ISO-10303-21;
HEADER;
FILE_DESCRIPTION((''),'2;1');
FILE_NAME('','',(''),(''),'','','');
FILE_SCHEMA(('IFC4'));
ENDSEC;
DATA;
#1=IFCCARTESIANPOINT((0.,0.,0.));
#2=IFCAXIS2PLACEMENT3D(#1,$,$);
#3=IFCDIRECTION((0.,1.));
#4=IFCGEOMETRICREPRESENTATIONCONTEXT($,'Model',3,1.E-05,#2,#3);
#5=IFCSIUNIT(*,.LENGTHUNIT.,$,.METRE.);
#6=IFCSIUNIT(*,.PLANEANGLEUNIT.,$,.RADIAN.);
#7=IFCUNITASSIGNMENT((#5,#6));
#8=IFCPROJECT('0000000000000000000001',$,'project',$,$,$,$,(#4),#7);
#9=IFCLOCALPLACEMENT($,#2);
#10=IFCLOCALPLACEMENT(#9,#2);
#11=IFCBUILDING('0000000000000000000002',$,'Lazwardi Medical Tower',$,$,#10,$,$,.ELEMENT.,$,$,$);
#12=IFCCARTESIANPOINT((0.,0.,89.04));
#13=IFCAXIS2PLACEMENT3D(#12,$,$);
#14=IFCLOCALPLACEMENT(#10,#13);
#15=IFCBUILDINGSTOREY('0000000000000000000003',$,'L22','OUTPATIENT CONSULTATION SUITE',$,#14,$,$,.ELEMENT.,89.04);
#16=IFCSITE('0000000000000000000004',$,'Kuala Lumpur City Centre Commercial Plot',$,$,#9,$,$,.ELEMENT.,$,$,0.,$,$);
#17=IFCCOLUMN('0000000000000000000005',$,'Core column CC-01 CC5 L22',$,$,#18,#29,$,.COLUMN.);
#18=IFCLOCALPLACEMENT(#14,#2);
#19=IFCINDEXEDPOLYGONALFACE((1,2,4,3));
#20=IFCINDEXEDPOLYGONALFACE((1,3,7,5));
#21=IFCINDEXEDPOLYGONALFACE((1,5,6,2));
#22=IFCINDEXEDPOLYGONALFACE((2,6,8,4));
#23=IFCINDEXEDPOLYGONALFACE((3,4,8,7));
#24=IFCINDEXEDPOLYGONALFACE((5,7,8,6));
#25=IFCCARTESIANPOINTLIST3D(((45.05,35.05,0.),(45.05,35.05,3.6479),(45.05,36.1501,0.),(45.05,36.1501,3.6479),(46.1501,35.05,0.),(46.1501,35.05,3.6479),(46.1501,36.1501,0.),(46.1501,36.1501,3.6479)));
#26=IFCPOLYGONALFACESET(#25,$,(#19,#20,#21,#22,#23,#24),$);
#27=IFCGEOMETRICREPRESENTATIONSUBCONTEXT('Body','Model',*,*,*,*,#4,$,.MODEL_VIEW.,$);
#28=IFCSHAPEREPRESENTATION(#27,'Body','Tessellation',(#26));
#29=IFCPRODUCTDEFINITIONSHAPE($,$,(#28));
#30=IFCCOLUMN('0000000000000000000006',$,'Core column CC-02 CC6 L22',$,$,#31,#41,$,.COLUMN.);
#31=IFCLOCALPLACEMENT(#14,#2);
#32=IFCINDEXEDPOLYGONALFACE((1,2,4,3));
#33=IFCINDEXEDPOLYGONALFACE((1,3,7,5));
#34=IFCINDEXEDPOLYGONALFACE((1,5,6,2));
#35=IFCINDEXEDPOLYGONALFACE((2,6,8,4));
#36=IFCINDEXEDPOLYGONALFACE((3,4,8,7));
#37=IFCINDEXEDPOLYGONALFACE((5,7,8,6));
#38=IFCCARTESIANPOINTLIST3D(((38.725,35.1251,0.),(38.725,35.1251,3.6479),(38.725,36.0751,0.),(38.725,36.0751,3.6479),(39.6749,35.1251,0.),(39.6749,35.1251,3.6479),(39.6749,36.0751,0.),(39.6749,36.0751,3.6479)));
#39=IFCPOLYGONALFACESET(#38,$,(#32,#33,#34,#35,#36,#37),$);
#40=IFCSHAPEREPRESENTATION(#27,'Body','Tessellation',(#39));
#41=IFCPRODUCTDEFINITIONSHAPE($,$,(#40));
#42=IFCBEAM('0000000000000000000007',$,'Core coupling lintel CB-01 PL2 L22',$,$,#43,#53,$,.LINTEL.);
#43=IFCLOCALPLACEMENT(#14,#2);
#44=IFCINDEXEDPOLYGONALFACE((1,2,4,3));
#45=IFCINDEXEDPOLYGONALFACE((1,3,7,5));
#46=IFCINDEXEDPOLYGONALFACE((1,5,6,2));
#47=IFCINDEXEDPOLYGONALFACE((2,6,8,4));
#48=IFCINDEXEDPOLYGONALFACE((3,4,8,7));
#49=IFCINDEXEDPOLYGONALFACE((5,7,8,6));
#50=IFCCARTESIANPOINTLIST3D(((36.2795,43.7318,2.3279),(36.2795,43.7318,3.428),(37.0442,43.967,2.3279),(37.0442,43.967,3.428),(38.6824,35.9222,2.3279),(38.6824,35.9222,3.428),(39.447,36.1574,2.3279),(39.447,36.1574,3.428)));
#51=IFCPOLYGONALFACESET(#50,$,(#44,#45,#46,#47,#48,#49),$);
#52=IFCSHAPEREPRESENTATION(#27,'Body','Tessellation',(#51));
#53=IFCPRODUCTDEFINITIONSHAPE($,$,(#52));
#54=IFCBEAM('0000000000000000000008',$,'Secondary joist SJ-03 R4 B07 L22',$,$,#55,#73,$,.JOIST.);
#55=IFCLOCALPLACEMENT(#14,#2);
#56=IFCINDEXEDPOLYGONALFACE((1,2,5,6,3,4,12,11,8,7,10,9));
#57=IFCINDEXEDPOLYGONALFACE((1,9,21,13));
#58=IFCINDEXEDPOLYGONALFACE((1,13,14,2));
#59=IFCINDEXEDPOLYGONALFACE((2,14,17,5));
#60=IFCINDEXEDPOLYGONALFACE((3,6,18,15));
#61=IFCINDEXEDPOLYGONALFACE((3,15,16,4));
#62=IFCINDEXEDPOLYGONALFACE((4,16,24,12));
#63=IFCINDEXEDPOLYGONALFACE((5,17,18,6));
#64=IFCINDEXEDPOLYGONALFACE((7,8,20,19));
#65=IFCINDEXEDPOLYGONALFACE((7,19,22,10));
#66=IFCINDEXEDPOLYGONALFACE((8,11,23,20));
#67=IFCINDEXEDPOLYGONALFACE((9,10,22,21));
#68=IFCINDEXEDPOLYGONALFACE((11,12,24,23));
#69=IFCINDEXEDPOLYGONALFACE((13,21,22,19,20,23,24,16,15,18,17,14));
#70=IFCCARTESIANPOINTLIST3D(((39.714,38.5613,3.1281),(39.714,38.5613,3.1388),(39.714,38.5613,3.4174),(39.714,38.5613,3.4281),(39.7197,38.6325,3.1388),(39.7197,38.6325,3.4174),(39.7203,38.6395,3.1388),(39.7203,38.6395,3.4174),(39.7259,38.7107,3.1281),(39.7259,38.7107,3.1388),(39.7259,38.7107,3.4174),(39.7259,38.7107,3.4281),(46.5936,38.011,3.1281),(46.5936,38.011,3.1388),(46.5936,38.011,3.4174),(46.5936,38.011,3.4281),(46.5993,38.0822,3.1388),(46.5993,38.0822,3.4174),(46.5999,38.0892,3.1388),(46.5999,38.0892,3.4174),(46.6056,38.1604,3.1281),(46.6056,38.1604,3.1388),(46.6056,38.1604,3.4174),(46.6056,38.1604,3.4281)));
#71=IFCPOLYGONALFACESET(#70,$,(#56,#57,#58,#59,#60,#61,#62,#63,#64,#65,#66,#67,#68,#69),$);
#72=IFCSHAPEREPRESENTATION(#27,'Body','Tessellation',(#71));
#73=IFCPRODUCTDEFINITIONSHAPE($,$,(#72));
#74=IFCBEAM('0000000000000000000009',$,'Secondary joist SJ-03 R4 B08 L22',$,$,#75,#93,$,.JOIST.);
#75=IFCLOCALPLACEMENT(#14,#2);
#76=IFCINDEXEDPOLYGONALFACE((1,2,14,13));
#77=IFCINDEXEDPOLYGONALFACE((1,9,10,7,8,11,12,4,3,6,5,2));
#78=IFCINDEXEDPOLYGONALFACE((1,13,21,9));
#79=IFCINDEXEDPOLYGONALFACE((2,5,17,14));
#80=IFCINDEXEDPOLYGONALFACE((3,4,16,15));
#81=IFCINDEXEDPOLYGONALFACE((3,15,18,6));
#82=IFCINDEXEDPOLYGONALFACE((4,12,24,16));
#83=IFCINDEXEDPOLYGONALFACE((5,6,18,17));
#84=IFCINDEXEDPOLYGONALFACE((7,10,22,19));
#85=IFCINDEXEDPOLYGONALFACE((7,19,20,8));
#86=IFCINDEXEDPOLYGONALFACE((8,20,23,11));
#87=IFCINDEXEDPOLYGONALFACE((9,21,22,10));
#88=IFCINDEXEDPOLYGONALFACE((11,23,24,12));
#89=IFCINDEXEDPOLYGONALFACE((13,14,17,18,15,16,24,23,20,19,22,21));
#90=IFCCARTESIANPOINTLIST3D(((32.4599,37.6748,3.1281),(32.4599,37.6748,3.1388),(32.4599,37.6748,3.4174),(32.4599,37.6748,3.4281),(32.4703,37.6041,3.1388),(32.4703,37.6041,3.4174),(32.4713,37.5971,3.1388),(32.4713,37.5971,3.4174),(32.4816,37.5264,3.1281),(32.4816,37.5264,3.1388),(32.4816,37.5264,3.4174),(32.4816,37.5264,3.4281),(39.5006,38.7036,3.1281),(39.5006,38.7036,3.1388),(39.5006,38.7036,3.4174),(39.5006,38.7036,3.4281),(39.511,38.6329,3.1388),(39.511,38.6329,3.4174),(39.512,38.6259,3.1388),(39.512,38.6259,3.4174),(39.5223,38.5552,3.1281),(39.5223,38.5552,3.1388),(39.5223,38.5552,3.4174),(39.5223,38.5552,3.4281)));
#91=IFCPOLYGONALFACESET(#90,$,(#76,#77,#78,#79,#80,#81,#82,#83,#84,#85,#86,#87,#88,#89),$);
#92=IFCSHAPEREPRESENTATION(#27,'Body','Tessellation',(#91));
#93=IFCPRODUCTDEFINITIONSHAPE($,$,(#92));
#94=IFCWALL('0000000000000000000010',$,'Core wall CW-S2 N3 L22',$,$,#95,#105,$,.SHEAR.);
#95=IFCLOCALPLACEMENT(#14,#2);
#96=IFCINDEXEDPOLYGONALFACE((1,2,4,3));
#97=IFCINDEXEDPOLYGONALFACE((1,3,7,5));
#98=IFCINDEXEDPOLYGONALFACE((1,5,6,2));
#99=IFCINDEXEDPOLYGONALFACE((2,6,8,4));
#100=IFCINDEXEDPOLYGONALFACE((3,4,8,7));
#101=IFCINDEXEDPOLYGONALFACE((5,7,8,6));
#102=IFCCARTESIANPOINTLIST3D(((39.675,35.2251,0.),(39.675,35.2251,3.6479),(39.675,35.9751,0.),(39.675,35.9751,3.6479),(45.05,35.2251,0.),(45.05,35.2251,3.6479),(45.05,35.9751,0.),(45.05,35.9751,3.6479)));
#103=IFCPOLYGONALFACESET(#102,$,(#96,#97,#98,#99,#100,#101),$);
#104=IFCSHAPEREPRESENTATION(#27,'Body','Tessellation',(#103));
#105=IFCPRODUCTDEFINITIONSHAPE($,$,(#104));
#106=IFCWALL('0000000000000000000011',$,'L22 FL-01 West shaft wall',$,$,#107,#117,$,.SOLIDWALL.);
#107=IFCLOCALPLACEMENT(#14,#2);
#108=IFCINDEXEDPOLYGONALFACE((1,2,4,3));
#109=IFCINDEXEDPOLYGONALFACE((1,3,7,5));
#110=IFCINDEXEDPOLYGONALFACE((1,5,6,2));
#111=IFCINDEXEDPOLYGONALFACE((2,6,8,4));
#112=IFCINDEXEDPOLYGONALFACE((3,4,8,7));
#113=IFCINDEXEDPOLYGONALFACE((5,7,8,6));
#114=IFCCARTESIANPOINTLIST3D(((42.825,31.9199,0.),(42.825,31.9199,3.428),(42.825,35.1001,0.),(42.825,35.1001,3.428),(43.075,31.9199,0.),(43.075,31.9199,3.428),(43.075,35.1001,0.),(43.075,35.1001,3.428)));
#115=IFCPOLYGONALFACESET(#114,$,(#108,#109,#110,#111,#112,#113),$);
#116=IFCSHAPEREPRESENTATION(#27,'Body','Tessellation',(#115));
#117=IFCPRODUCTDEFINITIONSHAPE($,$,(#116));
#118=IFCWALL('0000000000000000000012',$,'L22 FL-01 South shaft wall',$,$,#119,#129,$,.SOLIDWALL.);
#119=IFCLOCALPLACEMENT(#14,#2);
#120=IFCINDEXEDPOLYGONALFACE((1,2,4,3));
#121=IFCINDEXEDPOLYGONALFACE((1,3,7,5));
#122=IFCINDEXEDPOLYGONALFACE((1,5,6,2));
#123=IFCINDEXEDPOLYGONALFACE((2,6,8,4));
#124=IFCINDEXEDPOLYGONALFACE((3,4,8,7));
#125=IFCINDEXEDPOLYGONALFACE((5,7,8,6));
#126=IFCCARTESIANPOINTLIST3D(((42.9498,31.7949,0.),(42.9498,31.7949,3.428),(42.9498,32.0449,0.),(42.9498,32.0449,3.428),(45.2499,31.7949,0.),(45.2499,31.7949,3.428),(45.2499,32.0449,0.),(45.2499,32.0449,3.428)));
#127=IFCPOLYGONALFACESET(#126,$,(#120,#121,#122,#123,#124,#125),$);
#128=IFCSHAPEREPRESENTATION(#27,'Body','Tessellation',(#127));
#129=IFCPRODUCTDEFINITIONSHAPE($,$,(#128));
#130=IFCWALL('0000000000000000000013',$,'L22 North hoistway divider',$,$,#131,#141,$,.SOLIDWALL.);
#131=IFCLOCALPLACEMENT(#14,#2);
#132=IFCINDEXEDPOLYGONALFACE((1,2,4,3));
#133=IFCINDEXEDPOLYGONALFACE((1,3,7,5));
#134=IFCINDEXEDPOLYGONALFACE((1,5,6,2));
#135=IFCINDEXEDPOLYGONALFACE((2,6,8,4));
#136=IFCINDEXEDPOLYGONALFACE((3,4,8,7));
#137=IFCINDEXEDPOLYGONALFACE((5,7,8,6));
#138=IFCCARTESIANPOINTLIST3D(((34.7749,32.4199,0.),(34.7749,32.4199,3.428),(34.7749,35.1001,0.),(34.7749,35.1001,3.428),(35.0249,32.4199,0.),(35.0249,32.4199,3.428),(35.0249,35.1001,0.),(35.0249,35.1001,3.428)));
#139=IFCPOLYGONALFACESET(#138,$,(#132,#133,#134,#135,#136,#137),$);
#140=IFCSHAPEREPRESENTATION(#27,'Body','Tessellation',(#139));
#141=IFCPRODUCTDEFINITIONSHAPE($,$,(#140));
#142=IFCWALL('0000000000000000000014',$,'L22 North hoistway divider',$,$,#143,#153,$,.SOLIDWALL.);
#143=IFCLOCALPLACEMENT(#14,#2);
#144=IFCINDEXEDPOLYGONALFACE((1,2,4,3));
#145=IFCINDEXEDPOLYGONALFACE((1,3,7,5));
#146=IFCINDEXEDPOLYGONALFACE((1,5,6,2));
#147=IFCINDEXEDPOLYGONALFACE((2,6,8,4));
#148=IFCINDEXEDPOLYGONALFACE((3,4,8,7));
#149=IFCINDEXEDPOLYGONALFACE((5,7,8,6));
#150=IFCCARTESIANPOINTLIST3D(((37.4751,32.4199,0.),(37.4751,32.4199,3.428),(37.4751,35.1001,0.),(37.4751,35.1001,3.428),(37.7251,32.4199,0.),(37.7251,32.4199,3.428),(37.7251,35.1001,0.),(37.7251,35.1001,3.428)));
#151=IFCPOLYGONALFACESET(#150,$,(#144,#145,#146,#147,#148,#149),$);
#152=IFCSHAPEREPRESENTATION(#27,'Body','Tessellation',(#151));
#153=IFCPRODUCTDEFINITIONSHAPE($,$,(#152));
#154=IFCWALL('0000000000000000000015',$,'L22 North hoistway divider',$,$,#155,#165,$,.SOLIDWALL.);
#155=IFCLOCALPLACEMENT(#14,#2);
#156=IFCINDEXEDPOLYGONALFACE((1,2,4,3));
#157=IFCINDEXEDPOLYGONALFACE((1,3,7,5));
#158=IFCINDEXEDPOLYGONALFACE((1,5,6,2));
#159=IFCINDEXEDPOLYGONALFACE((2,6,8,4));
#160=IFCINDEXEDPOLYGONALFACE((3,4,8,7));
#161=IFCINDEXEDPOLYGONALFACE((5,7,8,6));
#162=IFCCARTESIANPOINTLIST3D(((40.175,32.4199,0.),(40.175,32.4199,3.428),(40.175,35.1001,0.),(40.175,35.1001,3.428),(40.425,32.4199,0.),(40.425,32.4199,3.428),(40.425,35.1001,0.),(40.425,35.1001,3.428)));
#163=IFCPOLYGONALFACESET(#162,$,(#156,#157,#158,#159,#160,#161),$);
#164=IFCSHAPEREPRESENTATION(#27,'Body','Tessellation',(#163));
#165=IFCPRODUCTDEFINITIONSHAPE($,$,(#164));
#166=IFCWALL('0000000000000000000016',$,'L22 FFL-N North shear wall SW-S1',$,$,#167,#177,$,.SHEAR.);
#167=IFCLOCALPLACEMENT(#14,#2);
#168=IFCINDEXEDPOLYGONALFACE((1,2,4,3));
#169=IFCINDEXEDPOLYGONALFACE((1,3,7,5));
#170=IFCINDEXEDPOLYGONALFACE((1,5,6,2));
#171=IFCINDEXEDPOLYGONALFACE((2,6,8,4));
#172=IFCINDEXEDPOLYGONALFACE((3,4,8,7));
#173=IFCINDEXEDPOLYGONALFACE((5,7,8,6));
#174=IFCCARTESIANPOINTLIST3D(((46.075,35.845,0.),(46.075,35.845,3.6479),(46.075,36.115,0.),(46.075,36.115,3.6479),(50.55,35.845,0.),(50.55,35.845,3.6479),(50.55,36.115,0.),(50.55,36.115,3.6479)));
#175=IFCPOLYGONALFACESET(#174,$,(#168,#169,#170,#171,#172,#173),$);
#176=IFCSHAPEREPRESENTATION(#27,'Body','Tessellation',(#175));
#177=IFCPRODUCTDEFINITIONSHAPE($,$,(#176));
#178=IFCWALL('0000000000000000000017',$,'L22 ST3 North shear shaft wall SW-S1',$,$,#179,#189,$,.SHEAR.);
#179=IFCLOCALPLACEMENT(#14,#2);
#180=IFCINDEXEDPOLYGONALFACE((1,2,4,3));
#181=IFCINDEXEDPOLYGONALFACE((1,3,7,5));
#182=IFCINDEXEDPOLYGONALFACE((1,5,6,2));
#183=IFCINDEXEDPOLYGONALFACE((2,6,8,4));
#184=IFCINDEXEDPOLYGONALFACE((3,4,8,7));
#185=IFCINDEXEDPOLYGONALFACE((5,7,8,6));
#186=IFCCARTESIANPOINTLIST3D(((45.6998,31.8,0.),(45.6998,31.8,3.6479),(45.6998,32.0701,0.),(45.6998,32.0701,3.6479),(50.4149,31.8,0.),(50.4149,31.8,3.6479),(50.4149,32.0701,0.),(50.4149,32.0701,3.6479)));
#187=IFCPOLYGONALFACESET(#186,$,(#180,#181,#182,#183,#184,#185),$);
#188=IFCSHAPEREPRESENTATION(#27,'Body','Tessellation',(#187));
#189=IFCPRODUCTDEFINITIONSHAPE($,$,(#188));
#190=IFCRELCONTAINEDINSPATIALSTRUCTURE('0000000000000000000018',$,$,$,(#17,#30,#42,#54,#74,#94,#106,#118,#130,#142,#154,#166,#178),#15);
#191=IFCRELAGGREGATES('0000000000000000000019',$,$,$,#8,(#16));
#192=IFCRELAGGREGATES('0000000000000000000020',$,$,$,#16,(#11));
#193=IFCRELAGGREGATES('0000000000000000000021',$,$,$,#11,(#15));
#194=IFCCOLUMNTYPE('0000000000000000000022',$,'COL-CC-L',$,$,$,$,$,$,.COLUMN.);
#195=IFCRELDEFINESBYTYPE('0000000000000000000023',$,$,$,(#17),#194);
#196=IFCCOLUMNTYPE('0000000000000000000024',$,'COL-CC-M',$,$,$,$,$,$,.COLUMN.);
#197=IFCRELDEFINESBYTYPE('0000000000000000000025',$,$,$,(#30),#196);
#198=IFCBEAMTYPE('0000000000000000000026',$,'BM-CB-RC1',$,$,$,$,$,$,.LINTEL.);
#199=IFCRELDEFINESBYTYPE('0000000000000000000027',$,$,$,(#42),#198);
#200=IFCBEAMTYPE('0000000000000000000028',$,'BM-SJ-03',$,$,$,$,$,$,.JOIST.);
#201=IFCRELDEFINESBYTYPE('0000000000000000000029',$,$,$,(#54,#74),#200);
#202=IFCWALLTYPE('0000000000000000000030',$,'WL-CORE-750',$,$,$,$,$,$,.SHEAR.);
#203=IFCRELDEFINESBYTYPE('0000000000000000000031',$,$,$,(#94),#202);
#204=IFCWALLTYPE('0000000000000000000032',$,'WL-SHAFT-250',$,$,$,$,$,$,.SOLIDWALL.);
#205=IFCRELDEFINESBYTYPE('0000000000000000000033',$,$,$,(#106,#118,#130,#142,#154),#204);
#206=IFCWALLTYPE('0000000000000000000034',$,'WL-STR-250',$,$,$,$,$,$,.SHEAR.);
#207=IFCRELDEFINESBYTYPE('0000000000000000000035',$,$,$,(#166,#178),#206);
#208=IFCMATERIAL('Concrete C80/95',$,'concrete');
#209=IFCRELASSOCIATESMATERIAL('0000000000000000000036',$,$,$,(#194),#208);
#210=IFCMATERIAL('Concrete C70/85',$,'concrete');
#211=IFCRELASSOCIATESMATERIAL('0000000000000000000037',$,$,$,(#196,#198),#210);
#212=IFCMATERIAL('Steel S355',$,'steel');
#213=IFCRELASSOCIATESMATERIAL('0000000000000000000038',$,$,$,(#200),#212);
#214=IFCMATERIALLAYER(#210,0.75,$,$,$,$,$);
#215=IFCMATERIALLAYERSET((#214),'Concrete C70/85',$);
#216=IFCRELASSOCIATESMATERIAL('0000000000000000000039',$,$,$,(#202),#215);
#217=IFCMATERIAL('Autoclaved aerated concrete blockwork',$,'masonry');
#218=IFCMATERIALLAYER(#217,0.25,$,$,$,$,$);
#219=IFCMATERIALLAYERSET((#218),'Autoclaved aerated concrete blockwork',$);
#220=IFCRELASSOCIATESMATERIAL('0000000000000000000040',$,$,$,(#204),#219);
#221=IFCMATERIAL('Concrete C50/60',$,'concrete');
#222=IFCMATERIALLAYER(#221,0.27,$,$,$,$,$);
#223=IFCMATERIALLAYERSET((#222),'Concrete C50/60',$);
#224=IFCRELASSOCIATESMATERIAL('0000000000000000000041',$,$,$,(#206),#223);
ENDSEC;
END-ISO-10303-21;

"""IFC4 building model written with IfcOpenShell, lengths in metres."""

from ifc_helpers import new_model, si_unit, direction, frame, frame_2d, origin, origin_2d, place, context, subcontext, project, spatial, rectangle, i_section, extrude, material, layer, layer_set, material_profile, profile_set, type_object, element, save


model = new_model("IFC4")

# Units and contexts
model_context = context("Model", 3, precision=1e-05, world=origin(), true_north=direction((0.0, 1.0)))
body_context = subcontext(model_context, "Body", "Model", "MODEL_VIEW")
ifc_project = project(units=[si_unit("LENGTHUNIT", "METRE"), si_unit("PLANEANGLEUNIT", "RADIAN")], contexts=[model_context])

# Site, building, storey
site_placement = place(None, origin())
site = spatial("IfcSite", under=ifc_project, at=site_placement, Name="Kuala Lumpur City Centre Commercial Plot", CompositionType="ELEMENT", RefElevation=0.0)
building_placement = place(site_placement, origin())
building = spatial("IfcBuilding", under=site, at=building_placement, Name="Lazwardi Medical Tower", CompositionType="ELEMENT")
storey_placement = place(building_placement, frame((0.0, 0.0, 89.04)))
storey = spatial("IfcBuildingStorey", under=building, at=storey_placement, Name="L22", Description="OUTPATIENT CONSULTATION SUITE", CompositionType="ELEMENT", Elevation=89.04)

# Columns
ifc_material_1 = material(Name="Concrete C80/95", Category="concrete")
ifc_material_profile_1 = material_profile(ifc_material_1, rectangle(XDim=1.1001, YDim=1.1001, at=origin_2d()), Name="RC 1100x1100")
ifc_profile_set_1 = profile_set([ifc_material_profile_1], Name="Concrete C80/95")
column_type_1 = type_object("IfcColumnType", Name="COL-CC-L", PredefinedType="COLUMN", material=ifc_profile_set_1)
column_1_placement = place(storey_placement, frame((45.6001, 35.6001, 0.0), z_axis=(0.0, 0.0, 1.0), x_axis=(1.0, 0.0, 0.0)))
element("IfcColumn", 1, at=column_1_placement, inside=storey, type_object=column_type_1, Name="Core column CC-01 CC5 L22", PredefinedType="COLUMN", context=body_context, shape_type="SweptSolid", body=[
    extrude(rectangle(XDim=1.1001, YDim=1.1001, at=origin_2d()), origin(), (0.0, 0.0, 1.0), 3.6479),
])
ifc_material_2 = material(Name="Concrete C70/85", Category="concrete")
ifc_material_profile_2 = material_profile(ifc_material_2, rectangle(XDim=0.95, YDim=0.95, at=origin_2d()), Name="RC 950x950")
ifc_profile_set_2 = profile_set([ifc_material_profile_2], Name="Concrete C70/85")
column_type_2 = type_object("IfcColumnType", Name="COL-CC-M", PredefinedType="COLUMN", material=ifc_profile_set_2)
column_2_placement = place(storey_placement, frame((39.2, 35.6001, 0.0), z_axis=(0.0, 0.0, 1.0), x_axis=(1.0, 0.0, 0.0)))
element("IfcColumn", 2, at=column_2_placement, inside=storey, type_object=column_type_2, Name="Core column CC-02 CC6 L22", PredefinedType="COLUMN", context=body_context, shape_type="SweptSolid", body=[
    extrude(rectangle(XDim=0.95, YDim=0.95, at=origin_2d()), origin(), (0.0, 0.0, 1.0), 3.6479),
])

# Beams
ifc_material_profile_3 = material_profile(ifc_material_2, rectangle(XDim=0.8, YDim=1.1001, at=origin_2d()), Name="RC 800x1100")
ifc_profile_set_3 = profile_set([ifc_material_profile_3], Name="Concrete C70/85")
beam_type_1 = type_object("IfcBeamType", Name="BM-CB-RC1", PredefinedType="LINTEL", material=ifc_profile_set_3)
beam_1_placement = place(storey_placement, frame((39.0647, 36.0398, 2.8779), z_axis=(-0.294073, 0.955783, 0.0), x_axis=(-0.955783, -0.294073, 0.0)))
element("IfcBeam", 3, at=beam_1_placement, inside=storey, type_object=beam_type_1, Name="Core coupling lintel CB-01 PL2 L22", PredefinedType="LINTEL", context=body_context, shape_type="SweptSolid", body=[
    extrude(rectangle(XDim=0.8, YDim=1.1001, at=origin_2d()), origin(), (0.0, 0.0, 1.0), 8.1709),
])
ifc_material_3 = material(Name="Steel S355", Category="steel")
ifc_material_profile_4 = material_profile(ifc_material_3, i_section(OverallWidth=0.1499, OverallDepth=0.3, WebThickness=0.0071, FlangeThickness=0.0107, at=origin_2d()), Name="IPE 300")
ifc_profile_set_4 = profile_set([ifc_material_profile_4], Name="Steel S355")
beam_type_2 = type_object("IfcBeamType", Name="BM-SJ-03", PredefinedType="JOIST", material=ifc_profile_set_4)
beam_2_placement = place(storey_placement, frame((46.5996, 38.0857, 3.2781), z_axis=(-0.996816, 0.079734, 0.0), x_axis=(-0.079734, -0.996816, 0.0)))
element("IfcBeam", 4, at=beam_2_placement, inside=storey, type_object=beam_type_2, Name="Secondary joist SJ-03 R4 B07 L22", PredefinedType="JOIST", context=body_context, shape_type="SweptSolid", body=[
    extrude(i_section(OverallWidth=0.1499, OverallDepth=0.3, WebThickness=0.0071, FlangeThickness=0.0107, at=origin_2d()), origin(), (0.0, 0.0, 1.0), 6.9016),
])
beam_3_placement = place(storey_placement, frame((39.5115, 38.6294, 3.2781), z_axis=(-0.989492, -0.144586, 0.0), x_axis=(0.144586, -0.989492, 0.0)))
element("IfcBeam", 5, at=beam_3_placement, inside=storey, type_object=beam_type_2, Name="Secondary joist SJ-03 R4 B08 L22", PredefinedType="JOIST", context=body_context, shape_type="SweptSolid", body=[
    extrude(i_section(OverallWidth=0.1499, OverallDepth=0.3, WebThickness=0.0071, FlangeThickness=0.0107, at=origin_2d()), origin(), (0.0, 0.0, 1.0), 7.1155),
])

# Walls
ifc_layer_1 = layer(ifc_material_2, 0.75)
ifc_layer_set_1 = layer_set([ifc_layer_1], Name="Concrete C70/85")
wall_type_1 = type_object("IfcWallType", Name="WL-CORE-750", PredefinedType="SHEAR", material=ifc_layer_set_1)
wall_1_placement = place(storey_placement, frame((39.675, 35.6001, 0.0), z_axis=(0.0, 0.0, 1.0), x_axis=(1.0, 0.0, 0.0)))
element("IfcWall", 6, at=wall_1_placement, inside=storey, type_object=wall_type_1, Name="Core wall CW-S2 N3 L22", PredefinedType="SHEAR", context=body_context, shape_type="SweptSolid", body=[
    extrude(rectangle(XDim=5.375, YDim=0.75, at=frame_2d((2.6875, 0.0))), origin(), (0.0, 0.0, 1.0), 3.6479),
])
ifc_material_4 = material(Name="Autoclaved aerated concrete blockwork", Category="masonry")
ifc_layer_2 = layer(ifc_material_4, 0.25)
ifc_layer_set_2 = layer_set([ifc_layer_2], Name="Autoclaved aerated concrete blockwork")
wall_type_2 = type_object("IfcWallType", Name="WL-SHAFT-250", PredefinedType="SOLIDWALL", material=ifc_layer_set_2)
wall_2_placement = place(storey_placement, frame((42.95, 31.9199, 0.0), z_axis=(0.0, 0.0, 1.0), x_axis=(0.0, 1.0, 0.0)))
element("IfcWall", 7, at=wall_2_placement, inside=storey, type_object=wall_type_2, Name="L22 FL-01 West shaft wall", PredefinedType="SOLIDWALL", context=body_context, shape_type="SweptSolid", body=[
    extrude(rectangle(XDim=3.1802, YDim=0.25, at=frame_2d((1.5901, 0.0))), origin(), (0.0, 0.0, 1.0), 3.428),
])
wall_3_placement = place(storey_placement, frame((42.95, 31.9199, 0.0), z_axis=(0.0, 0.0, 1.0), x_axis=(1.0, 0.0, 0.0)))
element("IfcWall", 8, at=wall_3_placement, inside=storey, type_object=wall_type_2, Name="L22 FL-01 South shaft wall", PredefinedType="SOLIDWALL", context=body_context, shape_type="SweptSolid", body=[
    extrude(rectangle(XDim=2.3, YDim=0.25, at=frame_2d((1.1499, 0.0))), origin(), (0.0, 0.0, 1.0), 3.428),
])
for number, where, z_axis, x_axis, name in (
    (9, (34.8999, 32.4199, 0.0), (0.0, 0.0, 1.0), (0.0, 1.0, 0.0), "L22 North hoistway divider"),
    (10, (37.6001, 32.4199, 0.0), (0.0, 0.0, 1.0), (0.0, 1.0, 0.0), "L22 North hoistway divider"),
    (11, (40.3, 32.4199, 0.0), (0.0, 0.0, 1.0), (0.0, 1.0, 0.0), "L22 North hoistway divider"),
):
    element("IfcWall", number, at=place(storey_placement, frame(where, z_axis=z_axis, x_axis=x_axis)), inside=storey, type_object=wall_type_2, Name=name, PredefinedType="SOLIDWALL", context=body_context, shape_type="SweptSolid", body=[
        extrude(rectangle(XDim=2.6802, YDim=0.25, at=frame_2d((1.3401, 0.0))), origin(), (0.0, 0.0, 1.0), 3.428),
    ])

# Shared definitions
ifc_material_5 = material(Name="Concrete C50/60", Category="concrete")
ifc_layer_3 = layer(ifc_material_5, 0.27)
ifc_layer_set_3 = layer_set([ifc_layer_3], Name="Concrete C50/60")
wall_type_3 = type_object("IfcWallType", Name="WL-STR-250", PredefinedType="SHEAR", material=ifc_layer_set_3)

# Walls
wall_4_placement = place(storey_placement, frame((46.075, 35.98, 0.0), z_axis=(0.0, 0.0, 1.0), x_axis=(1.0, 0.0, 0.0)))
element("IfcWall", 12, at=wall_4_placement, inside=storey, type_object=wall_type_3, Name="L22 FFL-N North shear wall SW-S1", PredefinedType="SHEAR", context=body_context, shape_type="SweptSolid", body=[
    extrude(rectangle(XDim=4.4751, YDim=0.27, at=frame_2d((2.2375, 0.0))), origin(), (0.0, 0.0, 1.0), 3.6479),
])
wall_5_placement = place(storey_placement, frame((45.7, 31.9351, 0.0), z_axis=(0.0, 0.0, 1.0), x_axis=(1.0, 0.0, 0.0)))
element("IfcWall", 13, at=wall_5_placement, inside=storey, type_object=wall_type_3, Name="L22 ST3 North shear shaft wall SW-S1", PredefinedType="SHEAR", context=body_context, shape_type="SweptSolid", body=[
    extrude(rectangle(XDim=4.7151, YDim=0.27, at=frame_2d((2.3574, 0.0))), origin(), (0.0, 0.0, 1.0), 3.6479),
])

save(model, "model.ifc")
